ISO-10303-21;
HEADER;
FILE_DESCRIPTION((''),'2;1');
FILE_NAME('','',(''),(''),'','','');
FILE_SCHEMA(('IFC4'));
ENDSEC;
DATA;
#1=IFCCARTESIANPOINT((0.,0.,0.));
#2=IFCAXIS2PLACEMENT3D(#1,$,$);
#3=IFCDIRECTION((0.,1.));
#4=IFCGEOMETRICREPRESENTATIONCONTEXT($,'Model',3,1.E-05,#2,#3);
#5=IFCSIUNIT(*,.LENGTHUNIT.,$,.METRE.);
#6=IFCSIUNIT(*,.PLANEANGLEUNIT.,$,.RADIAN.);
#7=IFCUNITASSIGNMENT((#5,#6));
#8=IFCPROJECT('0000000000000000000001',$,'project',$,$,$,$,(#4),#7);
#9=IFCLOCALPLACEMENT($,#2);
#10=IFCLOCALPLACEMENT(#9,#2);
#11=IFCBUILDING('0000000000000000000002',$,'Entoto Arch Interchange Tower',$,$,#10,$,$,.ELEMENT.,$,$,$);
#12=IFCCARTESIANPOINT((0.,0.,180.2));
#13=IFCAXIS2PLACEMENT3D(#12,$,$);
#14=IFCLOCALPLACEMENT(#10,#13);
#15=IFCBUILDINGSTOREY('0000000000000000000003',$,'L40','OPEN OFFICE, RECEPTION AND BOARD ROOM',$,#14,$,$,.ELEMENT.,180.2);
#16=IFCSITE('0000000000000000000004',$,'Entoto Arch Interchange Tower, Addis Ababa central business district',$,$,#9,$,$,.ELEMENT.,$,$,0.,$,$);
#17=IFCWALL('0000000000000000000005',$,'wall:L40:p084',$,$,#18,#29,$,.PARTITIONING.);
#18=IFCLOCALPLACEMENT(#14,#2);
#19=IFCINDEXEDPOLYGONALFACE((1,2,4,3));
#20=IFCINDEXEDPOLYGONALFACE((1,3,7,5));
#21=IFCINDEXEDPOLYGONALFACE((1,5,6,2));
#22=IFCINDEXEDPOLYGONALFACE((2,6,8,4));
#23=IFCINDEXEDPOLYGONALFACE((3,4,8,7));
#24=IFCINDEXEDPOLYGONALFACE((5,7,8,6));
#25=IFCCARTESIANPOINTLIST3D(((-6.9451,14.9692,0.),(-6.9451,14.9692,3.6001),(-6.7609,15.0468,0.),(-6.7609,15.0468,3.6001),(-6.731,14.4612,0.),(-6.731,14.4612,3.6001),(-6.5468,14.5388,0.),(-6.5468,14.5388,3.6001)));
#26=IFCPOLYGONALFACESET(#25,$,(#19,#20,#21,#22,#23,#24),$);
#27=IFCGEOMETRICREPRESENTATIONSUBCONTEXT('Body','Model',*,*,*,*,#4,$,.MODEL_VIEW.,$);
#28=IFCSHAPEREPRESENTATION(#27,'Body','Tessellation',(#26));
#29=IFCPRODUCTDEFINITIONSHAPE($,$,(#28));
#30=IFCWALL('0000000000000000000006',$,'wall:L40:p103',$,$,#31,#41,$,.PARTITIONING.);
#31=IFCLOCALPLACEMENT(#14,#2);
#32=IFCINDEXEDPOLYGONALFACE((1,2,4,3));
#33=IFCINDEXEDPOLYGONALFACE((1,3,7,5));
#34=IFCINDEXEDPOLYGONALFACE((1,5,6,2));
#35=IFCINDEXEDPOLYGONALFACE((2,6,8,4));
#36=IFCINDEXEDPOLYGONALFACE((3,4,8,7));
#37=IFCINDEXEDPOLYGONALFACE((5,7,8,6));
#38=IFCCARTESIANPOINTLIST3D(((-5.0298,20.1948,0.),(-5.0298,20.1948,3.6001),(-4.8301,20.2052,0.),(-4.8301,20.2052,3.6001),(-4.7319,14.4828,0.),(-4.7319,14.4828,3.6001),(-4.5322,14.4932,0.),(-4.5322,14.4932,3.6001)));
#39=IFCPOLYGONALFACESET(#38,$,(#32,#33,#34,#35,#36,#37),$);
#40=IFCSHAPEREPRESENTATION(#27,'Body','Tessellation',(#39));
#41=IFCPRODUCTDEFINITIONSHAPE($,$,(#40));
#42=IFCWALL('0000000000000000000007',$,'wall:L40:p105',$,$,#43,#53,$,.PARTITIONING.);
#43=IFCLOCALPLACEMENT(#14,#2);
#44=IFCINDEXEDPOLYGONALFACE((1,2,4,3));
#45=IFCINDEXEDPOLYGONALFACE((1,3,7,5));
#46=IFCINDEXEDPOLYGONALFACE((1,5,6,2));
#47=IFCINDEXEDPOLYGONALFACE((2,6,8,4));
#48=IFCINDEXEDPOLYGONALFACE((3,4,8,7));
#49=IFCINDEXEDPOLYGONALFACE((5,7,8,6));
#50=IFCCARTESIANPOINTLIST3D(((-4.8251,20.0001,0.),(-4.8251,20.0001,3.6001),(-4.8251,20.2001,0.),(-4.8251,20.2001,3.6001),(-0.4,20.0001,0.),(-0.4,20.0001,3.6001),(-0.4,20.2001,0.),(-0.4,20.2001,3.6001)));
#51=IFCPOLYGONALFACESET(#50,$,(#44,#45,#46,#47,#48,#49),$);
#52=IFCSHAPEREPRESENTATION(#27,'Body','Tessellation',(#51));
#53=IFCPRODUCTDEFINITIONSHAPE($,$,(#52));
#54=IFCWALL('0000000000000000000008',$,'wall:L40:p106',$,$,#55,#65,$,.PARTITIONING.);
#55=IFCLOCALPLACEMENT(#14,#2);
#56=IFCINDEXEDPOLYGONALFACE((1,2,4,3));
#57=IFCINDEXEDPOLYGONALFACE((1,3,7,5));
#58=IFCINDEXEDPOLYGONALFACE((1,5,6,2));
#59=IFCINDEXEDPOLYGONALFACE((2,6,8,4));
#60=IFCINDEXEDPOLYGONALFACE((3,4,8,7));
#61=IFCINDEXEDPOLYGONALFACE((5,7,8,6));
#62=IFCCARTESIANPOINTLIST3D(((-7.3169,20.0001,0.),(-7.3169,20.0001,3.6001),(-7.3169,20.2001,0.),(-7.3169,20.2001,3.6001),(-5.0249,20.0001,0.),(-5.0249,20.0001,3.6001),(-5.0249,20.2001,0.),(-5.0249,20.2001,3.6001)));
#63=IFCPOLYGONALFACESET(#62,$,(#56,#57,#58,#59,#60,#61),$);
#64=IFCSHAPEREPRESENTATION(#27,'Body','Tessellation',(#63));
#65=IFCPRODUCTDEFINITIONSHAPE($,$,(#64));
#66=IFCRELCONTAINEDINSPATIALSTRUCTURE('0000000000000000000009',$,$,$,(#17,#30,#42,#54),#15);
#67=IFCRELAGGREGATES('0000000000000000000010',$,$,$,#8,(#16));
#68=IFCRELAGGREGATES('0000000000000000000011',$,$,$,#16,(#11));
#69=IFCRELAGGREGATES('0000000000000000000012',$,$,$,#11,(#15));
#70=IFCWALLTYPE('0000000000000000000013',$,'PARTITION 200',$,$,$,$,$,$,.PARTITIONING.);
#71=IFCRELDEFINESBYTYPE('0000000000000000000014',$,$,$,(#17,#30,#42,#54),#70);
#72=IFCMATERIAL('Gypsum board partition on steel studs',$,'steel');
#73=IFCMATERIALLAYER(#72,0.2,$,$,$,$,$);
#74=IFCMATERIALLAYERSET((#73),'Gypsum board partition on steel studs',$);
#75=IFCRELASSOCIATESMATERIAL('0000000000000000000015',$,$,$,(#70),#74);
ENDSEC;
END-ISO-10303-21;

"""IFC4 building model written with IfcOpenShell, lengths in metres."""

from ifc_helpers import new_model, si_unit, direction, frame, frame_2d, origin, place, context, subcontext, project, spatial, rectangle, extrude, material, layer, layer_set, type_object, element, save


model = new_model("IFC4")

# Units and contexts
model_context = context("Model", 3, precision=1e-05, world=origin(), true_north=direction((0.0, 1.0)))
body_context = subcontext(model_context, "Body", "Model", "MODEL_VIEW")
ifc_project = project(units=[si_unit("LENGTHUNIT", "METRE"), si_unit("PLANEANGLEUNIT", "RADIAN")], contexts=[model_context])

# Site, building, storey
site_placement = place(None, origin())
site = spatial("IfcSite", under=ifc_project, at=site_placement, Name="Entoto Arch Interchange Tower, Addis Ababa central business district", CompositionType="ELEMENT", RefElevation=0.0)
building_placement = place(site_placement, origin())
building = spatial("IfcBuilding", under=site, at=building_placement, Name="Entoto Arch Interchange Tower", CompositionType="ELEMENT")
storey_placement = place(building_placement, frame((0.0, 0.0, 180.2)))
storey = spatial("IfcBuildingStorey", under=building, at=storey_placement, Name="L40", Description="OPEN OFFICE, RECEPTION AND BOARD ROOM", CompositionType="ELEMENT", Elevation=180.2)

# Shared definitions
ifc_material_1 = material(Name="Gypsum board partition on steel studs", Category="steel")
ifc_layer_1 = layer(ifc_material_1, 0.2)
ifc_layer_set_1 = layer_set([ifc_layer_1], Name="Gypsum board partition on steel studs")
wall_type_1 = type_object("IfcWallType", Name="PARTITION 200", PredefinedType="PARTITIONING", material=ifc_layer_set_1)

# Walls
wall_1_placement = place(storey_placement, frame((-6.6389, 14.5, 0.0), z_axis=(0.0, 0.0, 1.0), x_axis=(-0.388354, 0.92151, 0.0)))
element("IfcWall", 1, at=wall_1_placement, inside=storey, type_object=wall_type_1, Name="wall:L40:p084", PredefinedType="PARTITIONING", context=body_context, shape_type="SweptSolid", body=[
    extrude(rectangle(XDim=0.5513, YDim=0.2, at=frame_2d((0.2756, 0.0))), origin(), (0.0, 0.0, 1.0), 3.6001),
])
wall_2_placement = place(storey_placement, frame((-4.6321, 14.488, 0.0), z_axis=(0.0, 0.0, 1.0), x_axis=(-0.052075, 0.998643, 0.0)))
element("IfcWall", 2, at=wall_2_placement, inside=storey, type_object=wall_type_1, Name="wall:L40:p103", PredefinedType="PARTITIONING", context=body_context, shape_type="SweptSolid", body=[
    extrude(rectangle(XDim=5.7197, YDim=0.2, at=frame_2d((2.8599, 0.0))), origin(), (0.0, 0.0, 1.0), 3.6001),
])
wall_3_placement = place(storey_placement, frame((-4.825, 20.1001, 0.0), z_axis=(0.0, 0.0, 1.0), x_axis=(1.0, 0.0, 0.0)))
element("IfcWall", 3, at=wall_3_placement, inside=storey, type_object=wall_type_1, Name="wall:L40:p105", PredefinedType="PARTITIONING", context=body_context, shape_type="SweptSolid", body=[
    extrude(rectangle(XDim=4.425, YDim=0.2, at=frame_2d((2.2124, 0.0))), origin(), (0.0, 0.0, 1.0), 3.6001),
])
wall_4_placement = place(storey_placement, frame((-7.3169, 20.1001, 0.0), z_axis=(0.0, 0.0, 1.0), x_axis=(1.0, 0.0, 0.0)))
element("IfcWall", 4, at=wall_4_placement, inside=storey, type_object=wall_type_1, Name="wall:L40:p106", PredefinedType="PARTITIONING", context=body_context, shape_type="SweptSolid", body=[
    extrude(rectangle(XDim=2.292, YDim=0.2, at=frame_2d((1.146, 0.0))), origin(), (0.0, 0.0, 1.0), 3.6001),
])

save(model, "model.ifc")
